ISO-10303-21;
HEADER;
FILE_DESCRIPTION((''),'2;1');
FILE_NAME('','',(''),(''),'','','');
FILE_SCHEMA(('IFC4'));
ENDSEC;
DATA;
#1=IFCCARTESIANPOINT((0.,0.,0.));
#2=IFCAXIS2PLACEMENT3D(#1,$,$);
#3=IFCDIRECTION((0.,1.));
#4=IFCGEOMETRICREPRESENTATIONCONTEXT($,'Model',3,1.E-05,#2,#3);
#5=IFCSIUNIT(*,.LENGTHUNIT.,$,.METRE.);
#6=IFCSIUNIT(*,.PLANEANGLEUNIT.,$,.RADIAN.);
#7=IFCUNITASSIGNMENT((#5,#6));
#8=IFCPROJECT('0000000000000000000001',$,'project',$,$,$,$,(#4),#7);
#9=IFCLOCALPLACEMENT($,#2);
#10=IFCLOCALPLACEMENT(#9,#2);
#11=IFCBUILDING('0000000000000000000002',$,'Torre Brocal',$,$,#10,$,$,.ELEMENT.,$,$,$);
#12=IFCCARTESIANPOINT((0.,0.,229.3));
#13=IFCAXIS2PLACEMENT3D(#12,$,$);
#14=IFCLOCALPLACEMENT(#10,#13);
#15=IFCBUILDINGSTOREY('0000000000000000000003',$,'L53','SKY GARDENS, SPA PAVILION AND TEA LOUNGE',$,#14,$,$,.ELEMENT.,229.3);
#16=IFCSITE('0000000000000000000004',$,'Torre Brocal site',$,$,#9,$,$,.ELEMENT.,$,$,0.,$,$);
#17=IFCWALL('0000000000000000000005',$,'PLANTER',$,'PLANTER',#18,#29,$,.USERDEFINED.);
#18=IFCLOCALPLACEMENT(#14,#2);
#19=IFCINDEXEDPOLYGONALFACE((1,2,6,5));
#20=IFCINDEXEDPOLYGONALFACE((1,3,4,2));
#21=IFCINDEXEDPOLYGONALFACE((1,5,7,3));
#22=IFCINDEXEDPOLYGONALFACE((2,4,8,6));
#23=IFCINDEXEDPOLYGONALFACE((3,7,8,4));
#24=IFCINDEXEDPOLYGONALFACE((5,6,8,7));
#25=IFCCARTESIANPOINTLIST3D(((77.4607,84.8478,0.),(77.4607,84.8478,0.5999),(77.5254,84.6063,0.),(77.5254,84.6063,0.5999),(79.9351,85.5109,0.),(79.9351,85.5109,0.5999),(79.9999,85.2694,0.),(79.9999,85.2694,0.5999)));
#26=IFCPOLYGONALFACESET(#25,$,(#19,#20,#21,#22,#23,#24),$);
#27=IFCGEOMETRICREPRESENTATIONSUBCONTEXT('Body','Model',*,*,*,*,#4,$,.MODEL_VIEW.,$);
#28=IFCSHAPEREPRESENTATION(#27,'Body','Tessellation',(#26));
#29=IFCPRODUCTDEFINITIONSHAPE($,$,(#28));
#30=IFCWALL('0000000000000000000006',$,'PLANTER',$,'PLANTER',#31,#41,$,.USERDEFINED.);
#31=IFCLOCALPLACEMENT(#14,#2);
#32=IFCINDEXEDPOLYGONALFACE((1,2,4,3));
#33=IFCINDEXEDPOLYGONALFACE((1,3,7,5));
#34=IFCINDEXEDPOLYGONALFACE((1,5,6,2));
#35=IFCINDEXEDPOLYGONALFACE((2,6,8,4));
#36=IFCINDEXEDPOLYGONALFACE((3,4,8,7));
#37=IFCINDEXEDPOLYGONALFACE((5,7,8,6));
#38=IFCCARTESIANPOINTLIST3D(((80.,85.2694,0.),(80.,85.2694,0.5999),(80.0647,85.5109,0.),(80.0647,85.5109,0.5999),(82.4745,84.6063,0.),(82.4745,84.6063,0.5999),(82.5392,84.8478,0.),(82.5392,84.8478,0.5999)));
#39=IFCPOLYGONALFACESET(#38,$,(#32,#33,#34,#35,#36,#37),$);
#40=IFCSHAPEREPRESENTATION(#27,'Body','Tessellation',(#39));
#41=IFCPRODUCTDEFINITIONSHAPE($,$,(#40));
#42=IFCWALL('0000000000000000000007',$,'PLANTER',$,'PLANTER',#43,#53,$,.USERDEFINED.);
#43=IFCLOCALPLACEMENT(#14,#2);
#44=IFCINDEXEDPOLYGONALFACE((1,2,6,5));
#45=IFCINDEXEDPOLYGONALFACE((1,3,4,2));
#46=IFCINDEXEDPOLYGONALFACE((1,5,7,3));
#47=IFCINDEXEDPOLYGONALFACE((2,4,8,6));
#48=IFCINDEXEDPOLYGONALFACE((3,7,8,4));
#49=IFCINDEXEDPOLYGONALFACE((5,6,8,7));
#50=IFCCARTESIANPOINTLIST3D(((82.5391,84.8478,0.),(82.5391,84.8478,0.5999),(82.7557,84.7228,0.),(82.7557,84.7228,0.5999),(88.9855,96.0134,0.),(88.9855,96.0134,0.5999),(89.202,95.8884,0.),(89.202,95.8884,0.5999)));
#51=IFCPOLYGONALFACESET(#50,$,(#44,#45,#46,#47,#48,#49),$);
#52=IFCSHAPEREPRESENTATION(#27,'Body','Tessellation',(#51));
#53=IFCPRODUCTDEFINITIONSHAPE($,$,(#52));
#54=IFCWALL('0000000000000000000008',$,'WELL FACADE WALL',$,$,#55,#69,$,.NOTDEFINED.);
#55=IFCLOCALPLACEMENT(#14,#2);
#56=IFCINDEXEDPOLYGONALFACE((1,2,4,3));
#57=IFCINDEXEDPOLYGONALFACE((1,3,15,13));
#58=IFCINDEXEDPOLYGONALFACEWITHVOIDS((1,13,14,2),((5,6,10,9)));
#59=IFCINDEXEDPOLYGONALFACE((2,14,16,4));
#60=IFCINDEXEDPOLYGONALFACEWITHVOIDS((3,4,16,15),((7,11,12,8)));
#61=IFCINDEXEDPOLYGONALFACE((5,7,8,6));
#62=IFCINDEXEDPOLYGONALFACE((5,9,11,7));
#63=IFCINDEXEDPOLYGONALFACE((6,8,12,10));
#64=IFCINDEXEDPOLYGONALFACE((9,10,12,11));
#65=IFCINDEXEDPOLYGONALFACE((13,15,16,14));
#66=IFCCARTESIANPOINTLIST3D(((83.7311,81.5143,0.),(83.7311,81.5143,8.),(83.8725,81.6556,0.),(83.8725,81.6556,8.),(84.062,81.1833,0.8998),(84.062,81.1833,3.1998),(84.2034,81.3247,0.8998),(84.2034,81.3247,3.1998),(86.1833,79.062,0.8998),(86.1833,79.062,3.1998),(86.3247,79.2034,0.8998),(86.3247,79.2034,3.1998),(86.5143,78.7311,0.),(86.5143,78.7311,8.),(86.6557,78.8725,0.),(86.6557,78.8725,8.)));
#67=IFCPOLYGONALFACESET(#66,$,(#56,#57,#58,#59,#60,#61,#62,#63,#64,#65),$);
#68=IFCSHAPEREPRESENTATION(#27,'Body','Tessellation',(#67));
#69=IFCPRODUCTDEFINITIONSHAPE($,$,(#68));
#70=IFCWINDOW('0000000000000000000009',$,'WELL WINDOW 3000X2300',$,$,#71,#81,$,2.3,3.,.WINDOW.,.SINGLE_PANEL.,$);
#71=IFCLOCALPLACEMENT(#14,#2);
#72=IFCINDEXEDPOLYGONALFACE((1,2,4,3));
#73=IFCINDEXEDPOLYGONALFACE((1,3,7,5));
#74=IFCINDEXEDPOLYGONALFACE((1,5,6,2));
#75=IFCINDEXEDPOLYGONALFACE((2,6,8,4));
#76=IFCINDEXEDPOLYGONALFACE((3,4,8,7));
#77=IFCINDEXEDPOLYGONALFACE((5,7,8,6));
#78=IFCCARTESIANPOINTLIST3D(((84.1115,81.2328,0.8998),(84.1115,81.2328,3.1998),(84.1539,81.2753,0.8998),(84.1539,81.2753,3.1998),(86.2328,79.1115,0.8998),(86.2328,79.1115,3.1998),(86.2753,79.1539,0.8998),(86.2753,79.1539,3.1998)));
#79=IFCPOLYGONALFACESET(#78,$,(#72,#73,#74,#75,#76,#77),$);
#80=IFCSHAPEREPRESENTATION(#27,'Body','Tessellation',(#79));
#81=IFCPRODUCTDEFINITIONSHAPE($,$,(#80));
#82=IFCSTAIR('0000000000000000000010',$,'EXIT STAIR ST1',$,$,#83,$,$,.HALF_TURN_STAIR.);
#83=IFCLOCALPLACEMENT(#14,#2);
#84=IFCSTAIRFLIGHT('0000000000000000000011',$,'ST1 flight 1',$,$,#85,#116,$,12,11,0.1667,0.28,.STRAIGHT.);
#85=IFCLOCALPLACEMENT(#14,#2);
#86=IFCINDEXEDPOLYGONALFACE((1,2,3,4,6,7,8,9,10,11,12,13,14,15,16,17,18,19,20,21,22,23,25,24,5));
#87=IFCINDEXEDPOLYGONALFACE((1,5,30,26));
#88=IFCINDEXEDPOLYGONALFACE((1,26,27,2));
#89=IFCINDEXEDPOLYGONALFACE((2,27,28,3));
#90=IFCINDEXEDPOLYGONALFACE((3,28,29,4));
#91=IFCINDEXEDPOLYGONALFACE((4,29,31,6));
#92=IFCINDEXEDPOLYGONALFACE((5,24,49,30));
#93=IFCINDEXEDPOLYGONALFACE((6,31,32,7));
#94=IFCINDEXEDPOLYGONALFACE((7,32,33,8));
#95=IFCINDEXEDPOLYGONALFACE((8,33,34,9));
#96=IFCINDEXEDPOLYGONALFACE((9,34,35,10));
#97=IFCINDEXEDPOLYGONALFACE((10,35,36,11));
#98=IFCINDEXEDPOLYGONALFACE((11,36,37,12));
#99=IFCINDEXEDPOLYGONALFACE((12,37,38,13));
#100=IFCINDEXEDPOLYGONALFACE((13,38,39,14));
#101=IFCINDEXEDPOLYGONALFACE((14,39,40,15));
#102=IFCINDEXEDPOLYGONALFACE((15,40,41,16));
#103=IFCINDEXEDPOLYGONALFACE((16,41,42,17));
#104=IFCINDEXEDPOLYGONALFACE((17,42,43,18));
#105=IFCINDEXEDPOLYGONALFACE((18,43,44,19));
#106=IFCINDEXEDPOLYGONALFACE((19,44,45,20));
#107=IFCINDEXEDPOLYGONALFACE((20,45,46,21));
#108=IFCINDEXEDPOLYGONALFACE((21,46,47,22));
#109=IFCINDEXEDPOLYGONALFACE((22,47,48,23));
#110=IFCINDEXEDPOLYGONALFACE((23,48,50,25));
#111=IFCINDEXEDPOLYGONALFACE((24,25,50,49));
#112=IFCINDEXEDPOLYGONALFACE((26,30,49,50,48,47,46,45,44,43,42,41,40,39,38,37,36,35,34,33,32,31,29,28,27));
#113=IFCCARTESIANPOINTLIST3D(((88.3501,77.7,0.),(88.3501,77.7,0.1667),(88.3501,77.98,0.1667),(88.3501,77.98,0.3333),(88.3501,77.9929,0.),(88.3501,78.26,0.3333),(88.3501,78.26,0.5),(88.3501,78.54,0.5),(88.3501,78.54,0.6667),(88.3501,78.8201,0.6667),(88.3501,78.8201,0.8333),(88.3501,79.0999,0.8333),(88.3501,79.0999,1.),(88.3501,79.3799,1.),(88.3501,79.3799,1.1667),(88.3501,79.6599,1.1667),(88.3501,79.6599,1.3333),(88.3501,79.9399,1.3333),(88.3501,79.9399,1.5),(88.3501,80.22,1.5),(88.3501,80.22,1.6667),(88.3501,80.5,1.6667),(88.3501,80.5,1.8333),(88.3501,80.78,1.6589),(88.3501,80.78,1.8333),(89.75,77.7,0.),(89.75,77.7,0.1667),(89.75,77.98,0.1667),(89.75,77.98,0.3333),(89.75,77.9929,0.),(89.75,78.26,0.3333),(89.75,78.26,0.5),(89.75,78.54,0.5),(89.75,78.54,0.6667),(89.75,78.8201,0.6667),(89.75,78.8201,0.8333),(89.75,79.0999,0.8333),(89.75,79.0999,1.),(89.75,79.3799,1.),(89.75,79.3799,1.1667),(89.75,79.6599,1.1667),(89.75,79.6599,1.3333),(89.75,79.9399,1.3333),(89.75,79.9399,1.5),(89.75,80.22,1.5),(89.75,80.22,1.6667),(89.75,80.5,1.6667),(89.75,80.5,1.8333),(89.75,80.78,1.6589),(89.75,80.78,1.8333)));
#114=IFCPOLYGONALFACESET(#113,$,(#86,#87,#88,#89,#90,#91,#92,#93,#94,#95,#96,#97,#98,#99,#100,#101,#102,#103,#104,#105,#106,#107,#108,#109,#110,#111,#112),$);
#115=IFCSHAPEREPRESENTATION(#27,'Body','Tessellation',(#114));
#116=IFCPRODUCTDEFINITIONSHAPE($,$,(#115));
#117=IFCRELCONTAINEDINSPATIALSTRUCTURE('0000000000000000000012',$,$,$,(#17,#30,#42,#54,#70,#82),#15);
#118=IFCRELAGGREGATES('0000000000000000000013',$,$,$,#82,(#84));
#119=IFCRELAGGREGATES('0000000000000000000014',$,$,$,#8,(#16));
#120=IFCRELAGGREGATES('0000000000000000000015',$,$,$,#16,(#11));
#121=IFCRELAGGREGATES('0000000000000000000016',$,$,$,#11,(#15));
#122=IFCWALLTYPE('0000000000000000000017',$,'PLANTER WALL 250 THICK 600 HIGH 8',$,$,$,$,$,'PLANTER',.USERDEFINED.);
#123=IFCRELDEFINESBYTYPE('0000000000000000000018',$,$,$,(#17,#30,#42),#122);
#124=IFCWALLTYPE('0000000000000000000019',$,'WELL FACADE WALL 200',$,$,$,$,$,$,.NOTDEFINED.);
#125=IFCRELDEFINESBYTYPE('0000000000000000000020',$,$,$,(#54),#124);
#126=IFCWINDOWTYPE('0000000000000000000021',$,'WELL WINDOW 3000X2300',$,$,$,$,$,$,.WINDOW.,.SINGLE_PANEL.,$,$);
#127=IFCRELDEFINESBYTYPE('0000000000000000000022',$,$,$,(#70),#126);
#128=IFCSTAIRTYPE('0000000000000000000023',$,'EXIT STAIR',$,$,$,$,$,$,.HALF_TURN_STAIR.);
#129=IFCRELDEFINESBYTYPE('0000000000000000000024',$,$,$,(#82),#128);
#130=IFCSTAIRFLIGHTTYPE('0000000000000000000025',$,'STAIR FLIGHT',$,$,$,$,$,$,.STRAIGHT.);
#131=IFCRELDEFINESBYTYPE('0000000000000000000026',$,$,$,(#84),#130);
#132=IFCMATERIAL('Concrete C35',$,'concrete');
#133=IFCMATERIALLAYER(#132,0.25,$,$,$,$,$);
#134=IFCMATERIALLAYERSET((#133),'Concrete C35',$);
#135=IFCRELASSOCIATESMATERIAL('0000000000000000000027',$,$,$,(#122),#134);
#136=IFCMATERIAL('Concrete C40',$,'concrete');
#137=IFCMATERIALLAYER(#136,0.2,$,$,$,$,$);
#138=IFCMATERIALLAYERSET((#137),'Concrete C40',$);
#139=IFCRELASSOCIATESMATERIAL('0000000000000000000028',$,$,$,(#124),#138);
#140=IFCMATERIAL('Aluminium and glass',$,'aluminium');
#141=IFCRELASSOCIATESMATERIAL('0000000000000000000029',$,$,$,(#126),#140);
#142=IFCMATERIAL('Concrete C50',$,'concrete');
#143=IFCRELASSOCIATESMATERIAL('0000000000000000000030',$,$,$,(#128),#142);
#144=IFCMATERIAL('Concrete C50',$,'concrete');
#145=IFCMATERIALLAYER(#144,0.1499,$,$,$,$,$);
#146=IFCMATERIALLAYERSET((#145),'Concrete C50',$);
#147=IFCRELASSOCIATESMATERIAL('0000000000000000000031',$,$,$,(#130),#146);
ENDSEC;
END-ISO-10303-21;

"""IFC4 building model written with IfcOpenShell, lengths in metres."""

from ifc_helpers import new_model, si_unit, direction, frame, frame_2d, origin, place, context, subcontext, project, spatial, polyline, rectangle, outline, extrude, material, layer, layer_set, type_object, element, fill, aggregate, save


model = new_model("IFC4")

# Units and contexts
model_context = context("Model", 3, precision=1e-05, world=origin(), true_north=direction((0.0, 1.0)))
body_context = subcontext(model_context, "Body", "Model", "MODEL_VIEW")
ifc_project = project(units=[si_unit("LENGTHUNIT", "METRE"), si_unit("PLANEANGLEUNIT", "RADIAN")], contexts=[model_context])

# Site, building, storey
site_placement = place(None, origin())
site = spatial("IfcSite", under=ifc_project, at=site_placement, Name="Torre Brocal site", CompositionType="ELEMENT", RefElevation=0.0)
building_placement = place(site_placement, origin())
building = spatial("IfcBuilding", under=site, at=building_placement, Name="Torre Brocal", CompositionType="ELEMENT")
storey_placement = place(building_placement, frame((0.0, 0.0, 229.3)))
storey = spatial("IfcBuildingStorey", under=building, at=storey_placement, Name="L53", Description="SKY GARDENS, SPA PAVILION AND TEA LOUNGE", CompositionType="ELEMENT", Elevation=229.3)

# Walls
ifc_material_1 = material(Name="Concrete C35", Category="concrete")
ifc_layer_1 = layer(ifc_material_1, 0.25)
ifc_layer_set_1 = layer_set([ifc_layer_1], Name="Concrete C35")
wall_type_1 = type_object("IfcWallType", Name="PLANTER WALL 250 THICK 600 HIGH 8", ElementType="PLANTER", PredefinedType="USERDEFINED", material=ifc_layer_set_1)
for number, where, z_axis, x_axis, name in (
    (1, (77.4932, 84.7271, 0.0), (0.0, 0.0, 1.0), (0.965918, 0.258849, 0.0), "PLANTER"),
    (2, (80.0325, 85.3901, 0.0), (0.0, 0.0, 1.0), (0.965918, -0.258849, 0.0), "PLANTER"),
):
    element("IfcWall", number, at=place(storey_placement, frame(where, z_axis=z_axis, x_axis=x_axis)), inside=storey, type_object=wall_type_1, Name=name, ObjectType="PLANTER", PredefinedType="USERDEFINED", context=body_context, shape_type="SweptSolid", body=[
        extrude(rectangle(XDim=2.5618, YDim=0.25, at=frame_2d((1.2808, 0.0))), origin(), (0.0, 0.0, 1.0), 0.5999),
    ])
wall_1_placement = place(storey_placement, frame((82.6475, 84.7854, 0.0), z_axis=(0.0, 0.0, 1.0), x_axis=(0.499992, 0.86603, 0.0)))
element("IfcWall", 3, at=wall_1_placement, inside=storey, type_object=wall_type_1, Name="PLANTER", ObjectType="PLANTER", PredefinedType="USERDEFINED", context=body_context, shape_type="SweptSolid", body=[
    extrude(rectangle(XDim=12.8928, YDim=0.25, at=frame_2d((6.4463, 0.0))), origin(), (0.0, 0.0, 1.0), 0.5999),
])

# Wall, opening, window
ifc_material_2 = material(Name="Concrete C40", Category="concrete")
ifc_layer_2 = layer(ifc_material_2, 0.2)
ifc_layer_set_2 = layer_set([ifc_layer_2], Name="Concrete C40")
wall_type_2 = type_object("IfcWallType", Name="WELL FACADE WALL 200", PredefinedType="NOTDEFINED", material=ifc_layer_set_2)
wall_2_placement = place(storey_placement, frame((86.585, 78.8018, 0.0), z_axis=(0.0, 0.0, 1.0), x_axis=(-0.707107, 0.707107, 0.0)))
wall_2 = element("IfcWall", 4, at=wall_2_placement, inside=storey, type_object=wall_type_2, Name="WELL FACADE WALL", PredefinedType="NOTDEFINED", context=body_context, shape_type="SweptSolid", body=[
    extrude(rectangle(XDim=3.936, YDim=0.2, at=frame_2d((1.968, 0.0))), origin(), (0.0, 0.0, 1.0), 8.0),
])
opening_1_placement = place(wall_2_placement, frame((0.468, 0.0, 0.8999)))
opening_1 = element("IfcOpeningElement", 5, at=opening_1_placement, cuts=wall_2, PredefinedType="OPENING", context=body_context, shape_type="SweptSolid", body=[
    extrude(rectangle(XDim=3.0, YDim=2.3, at=frame_2d((1.5, 1.1499))), frame((0.0, 0.1099, 0.0), z_axis=(0.0, -1.0, 0.0), x_axis=(1.0, 0.0, 0.0)), (0.0, 0.0, 1.0), 0.22),
])
ifc_material_3 = material(Name="Aluminium and glass", Category="aluminium")
window_type_1 = type_object("IfcWindowType", Name="WELL WINDOW 3000X2300", PartitioningType="SINGLE_PANEL", PredefinedType="WINDOW", material=ifc_material_3)
window_1_placement = place(opening_1_placement, origin())
window_1 = element("IfcWindow", 6, at=window_1_placement, inside=storey, type_object=window_type_1, Name="WELL WINDOW 3000X2300", OverallHeight=2.3, OverallWidth=3.0, PartitioningType="SINGLE_PANEL", PredefinedType="WINDOW", context=body_context, shape_type="SweptSolid", body=[
    extrude(rectangle(XDim=3.0, YDim=2.3, at=frame_2d((1.5, 1.1499))), frame((0.0, 0.03, 0.0), z_axis=(0.0, -1.0, 0.0), x_axis=(1.0, 0.0, 0.0)), (0.0, 0.0, 1.0), 0.0601),
])
fill(opening_1, window_1)

# Stair, stair flight
ifc_material_4 = material(Name="Concrete C50", Category="concrete")
stair_type = type_object("IfcStairType", Name="EXIT STAIR", PredefinedType="HALF_TURN_STAIR", material=ifc_material_4)
stair_placement = place(storey_placement, origin())
stair = element("IfcStair", 7, at=stair_placement, inside=storey, type_object=stair_type, Name="EXIT STAIR ST1", PredefinedType="HALF_TURN_STAIR")
ifc_material_5 = material(Name="Concrete C50", Category="concrete")
ifc_layer_3 = layer(ifc_material_5, 0.1499)
ifc_layer_set_3 = layer_set([ifc_layer_3], Name="Concrete C50")
stair_flight_type = type_object("IfcStairFlightType", Name="STAIR FLIGHT", PredefinedType="STRAIGHT", material=ifc_layer_set_3)
stair_flight_placement = place(storey_placement, frame((89.05, 77.7, 0.0), z_axis=(0.0, 0.0, 1.0), x_axis=(0.0, 1.0, 0.0)))
stair_flight = element("IfcStairFlight", 8, at=stair_flight_placement, type_object=stair_flight_type, Name="ST1 flight 1", NumberOfRisers=12, NumberOfTreads=11, PredefinedType="STRAIGHT", RiserHeight=0.1667, TreadLength=0.28, context=body_context, shape_type="SweptSolid", body=[
    extrude(outline(polyline([(0.0, 0.0), (0.0, 0.1667), (0.28, 0.1667), (0.28, 0.3333), (0.5601, 0.3333), (0.5601, 0.5), (0.8401, 0.5), (0.8401, 0.6667), (1.1201, 0.6667), (1.1201, 0.8333), (1.3999, 0.8333), (1.3999, 1.0), (1.6799, 1.0), (1.6799, 1.1667), (1.96, 1.1667), (1.96, 1.3333), (2.24, 1.3333), (2.24, 1.5), (2.52, 1.5), (2.52, 1.6667), (2.8, 1.6667), (2.8, 1.8333), (3.0801, 1.8333), (3.0801, 2.0), (3.0801, 1.6589), (0.293, 0.0), (0.0, 0.0)])), frame((0.0, 0.7, 0.0), z_axis=(0.0, -1.0, 0.0), x_axis=(1.0, 0.0, 0.0)), (0.0, 0.0, 1.0), 1.3999),
])
aggregate(stair, [stair_flight])

save(model, "model.ifc")
